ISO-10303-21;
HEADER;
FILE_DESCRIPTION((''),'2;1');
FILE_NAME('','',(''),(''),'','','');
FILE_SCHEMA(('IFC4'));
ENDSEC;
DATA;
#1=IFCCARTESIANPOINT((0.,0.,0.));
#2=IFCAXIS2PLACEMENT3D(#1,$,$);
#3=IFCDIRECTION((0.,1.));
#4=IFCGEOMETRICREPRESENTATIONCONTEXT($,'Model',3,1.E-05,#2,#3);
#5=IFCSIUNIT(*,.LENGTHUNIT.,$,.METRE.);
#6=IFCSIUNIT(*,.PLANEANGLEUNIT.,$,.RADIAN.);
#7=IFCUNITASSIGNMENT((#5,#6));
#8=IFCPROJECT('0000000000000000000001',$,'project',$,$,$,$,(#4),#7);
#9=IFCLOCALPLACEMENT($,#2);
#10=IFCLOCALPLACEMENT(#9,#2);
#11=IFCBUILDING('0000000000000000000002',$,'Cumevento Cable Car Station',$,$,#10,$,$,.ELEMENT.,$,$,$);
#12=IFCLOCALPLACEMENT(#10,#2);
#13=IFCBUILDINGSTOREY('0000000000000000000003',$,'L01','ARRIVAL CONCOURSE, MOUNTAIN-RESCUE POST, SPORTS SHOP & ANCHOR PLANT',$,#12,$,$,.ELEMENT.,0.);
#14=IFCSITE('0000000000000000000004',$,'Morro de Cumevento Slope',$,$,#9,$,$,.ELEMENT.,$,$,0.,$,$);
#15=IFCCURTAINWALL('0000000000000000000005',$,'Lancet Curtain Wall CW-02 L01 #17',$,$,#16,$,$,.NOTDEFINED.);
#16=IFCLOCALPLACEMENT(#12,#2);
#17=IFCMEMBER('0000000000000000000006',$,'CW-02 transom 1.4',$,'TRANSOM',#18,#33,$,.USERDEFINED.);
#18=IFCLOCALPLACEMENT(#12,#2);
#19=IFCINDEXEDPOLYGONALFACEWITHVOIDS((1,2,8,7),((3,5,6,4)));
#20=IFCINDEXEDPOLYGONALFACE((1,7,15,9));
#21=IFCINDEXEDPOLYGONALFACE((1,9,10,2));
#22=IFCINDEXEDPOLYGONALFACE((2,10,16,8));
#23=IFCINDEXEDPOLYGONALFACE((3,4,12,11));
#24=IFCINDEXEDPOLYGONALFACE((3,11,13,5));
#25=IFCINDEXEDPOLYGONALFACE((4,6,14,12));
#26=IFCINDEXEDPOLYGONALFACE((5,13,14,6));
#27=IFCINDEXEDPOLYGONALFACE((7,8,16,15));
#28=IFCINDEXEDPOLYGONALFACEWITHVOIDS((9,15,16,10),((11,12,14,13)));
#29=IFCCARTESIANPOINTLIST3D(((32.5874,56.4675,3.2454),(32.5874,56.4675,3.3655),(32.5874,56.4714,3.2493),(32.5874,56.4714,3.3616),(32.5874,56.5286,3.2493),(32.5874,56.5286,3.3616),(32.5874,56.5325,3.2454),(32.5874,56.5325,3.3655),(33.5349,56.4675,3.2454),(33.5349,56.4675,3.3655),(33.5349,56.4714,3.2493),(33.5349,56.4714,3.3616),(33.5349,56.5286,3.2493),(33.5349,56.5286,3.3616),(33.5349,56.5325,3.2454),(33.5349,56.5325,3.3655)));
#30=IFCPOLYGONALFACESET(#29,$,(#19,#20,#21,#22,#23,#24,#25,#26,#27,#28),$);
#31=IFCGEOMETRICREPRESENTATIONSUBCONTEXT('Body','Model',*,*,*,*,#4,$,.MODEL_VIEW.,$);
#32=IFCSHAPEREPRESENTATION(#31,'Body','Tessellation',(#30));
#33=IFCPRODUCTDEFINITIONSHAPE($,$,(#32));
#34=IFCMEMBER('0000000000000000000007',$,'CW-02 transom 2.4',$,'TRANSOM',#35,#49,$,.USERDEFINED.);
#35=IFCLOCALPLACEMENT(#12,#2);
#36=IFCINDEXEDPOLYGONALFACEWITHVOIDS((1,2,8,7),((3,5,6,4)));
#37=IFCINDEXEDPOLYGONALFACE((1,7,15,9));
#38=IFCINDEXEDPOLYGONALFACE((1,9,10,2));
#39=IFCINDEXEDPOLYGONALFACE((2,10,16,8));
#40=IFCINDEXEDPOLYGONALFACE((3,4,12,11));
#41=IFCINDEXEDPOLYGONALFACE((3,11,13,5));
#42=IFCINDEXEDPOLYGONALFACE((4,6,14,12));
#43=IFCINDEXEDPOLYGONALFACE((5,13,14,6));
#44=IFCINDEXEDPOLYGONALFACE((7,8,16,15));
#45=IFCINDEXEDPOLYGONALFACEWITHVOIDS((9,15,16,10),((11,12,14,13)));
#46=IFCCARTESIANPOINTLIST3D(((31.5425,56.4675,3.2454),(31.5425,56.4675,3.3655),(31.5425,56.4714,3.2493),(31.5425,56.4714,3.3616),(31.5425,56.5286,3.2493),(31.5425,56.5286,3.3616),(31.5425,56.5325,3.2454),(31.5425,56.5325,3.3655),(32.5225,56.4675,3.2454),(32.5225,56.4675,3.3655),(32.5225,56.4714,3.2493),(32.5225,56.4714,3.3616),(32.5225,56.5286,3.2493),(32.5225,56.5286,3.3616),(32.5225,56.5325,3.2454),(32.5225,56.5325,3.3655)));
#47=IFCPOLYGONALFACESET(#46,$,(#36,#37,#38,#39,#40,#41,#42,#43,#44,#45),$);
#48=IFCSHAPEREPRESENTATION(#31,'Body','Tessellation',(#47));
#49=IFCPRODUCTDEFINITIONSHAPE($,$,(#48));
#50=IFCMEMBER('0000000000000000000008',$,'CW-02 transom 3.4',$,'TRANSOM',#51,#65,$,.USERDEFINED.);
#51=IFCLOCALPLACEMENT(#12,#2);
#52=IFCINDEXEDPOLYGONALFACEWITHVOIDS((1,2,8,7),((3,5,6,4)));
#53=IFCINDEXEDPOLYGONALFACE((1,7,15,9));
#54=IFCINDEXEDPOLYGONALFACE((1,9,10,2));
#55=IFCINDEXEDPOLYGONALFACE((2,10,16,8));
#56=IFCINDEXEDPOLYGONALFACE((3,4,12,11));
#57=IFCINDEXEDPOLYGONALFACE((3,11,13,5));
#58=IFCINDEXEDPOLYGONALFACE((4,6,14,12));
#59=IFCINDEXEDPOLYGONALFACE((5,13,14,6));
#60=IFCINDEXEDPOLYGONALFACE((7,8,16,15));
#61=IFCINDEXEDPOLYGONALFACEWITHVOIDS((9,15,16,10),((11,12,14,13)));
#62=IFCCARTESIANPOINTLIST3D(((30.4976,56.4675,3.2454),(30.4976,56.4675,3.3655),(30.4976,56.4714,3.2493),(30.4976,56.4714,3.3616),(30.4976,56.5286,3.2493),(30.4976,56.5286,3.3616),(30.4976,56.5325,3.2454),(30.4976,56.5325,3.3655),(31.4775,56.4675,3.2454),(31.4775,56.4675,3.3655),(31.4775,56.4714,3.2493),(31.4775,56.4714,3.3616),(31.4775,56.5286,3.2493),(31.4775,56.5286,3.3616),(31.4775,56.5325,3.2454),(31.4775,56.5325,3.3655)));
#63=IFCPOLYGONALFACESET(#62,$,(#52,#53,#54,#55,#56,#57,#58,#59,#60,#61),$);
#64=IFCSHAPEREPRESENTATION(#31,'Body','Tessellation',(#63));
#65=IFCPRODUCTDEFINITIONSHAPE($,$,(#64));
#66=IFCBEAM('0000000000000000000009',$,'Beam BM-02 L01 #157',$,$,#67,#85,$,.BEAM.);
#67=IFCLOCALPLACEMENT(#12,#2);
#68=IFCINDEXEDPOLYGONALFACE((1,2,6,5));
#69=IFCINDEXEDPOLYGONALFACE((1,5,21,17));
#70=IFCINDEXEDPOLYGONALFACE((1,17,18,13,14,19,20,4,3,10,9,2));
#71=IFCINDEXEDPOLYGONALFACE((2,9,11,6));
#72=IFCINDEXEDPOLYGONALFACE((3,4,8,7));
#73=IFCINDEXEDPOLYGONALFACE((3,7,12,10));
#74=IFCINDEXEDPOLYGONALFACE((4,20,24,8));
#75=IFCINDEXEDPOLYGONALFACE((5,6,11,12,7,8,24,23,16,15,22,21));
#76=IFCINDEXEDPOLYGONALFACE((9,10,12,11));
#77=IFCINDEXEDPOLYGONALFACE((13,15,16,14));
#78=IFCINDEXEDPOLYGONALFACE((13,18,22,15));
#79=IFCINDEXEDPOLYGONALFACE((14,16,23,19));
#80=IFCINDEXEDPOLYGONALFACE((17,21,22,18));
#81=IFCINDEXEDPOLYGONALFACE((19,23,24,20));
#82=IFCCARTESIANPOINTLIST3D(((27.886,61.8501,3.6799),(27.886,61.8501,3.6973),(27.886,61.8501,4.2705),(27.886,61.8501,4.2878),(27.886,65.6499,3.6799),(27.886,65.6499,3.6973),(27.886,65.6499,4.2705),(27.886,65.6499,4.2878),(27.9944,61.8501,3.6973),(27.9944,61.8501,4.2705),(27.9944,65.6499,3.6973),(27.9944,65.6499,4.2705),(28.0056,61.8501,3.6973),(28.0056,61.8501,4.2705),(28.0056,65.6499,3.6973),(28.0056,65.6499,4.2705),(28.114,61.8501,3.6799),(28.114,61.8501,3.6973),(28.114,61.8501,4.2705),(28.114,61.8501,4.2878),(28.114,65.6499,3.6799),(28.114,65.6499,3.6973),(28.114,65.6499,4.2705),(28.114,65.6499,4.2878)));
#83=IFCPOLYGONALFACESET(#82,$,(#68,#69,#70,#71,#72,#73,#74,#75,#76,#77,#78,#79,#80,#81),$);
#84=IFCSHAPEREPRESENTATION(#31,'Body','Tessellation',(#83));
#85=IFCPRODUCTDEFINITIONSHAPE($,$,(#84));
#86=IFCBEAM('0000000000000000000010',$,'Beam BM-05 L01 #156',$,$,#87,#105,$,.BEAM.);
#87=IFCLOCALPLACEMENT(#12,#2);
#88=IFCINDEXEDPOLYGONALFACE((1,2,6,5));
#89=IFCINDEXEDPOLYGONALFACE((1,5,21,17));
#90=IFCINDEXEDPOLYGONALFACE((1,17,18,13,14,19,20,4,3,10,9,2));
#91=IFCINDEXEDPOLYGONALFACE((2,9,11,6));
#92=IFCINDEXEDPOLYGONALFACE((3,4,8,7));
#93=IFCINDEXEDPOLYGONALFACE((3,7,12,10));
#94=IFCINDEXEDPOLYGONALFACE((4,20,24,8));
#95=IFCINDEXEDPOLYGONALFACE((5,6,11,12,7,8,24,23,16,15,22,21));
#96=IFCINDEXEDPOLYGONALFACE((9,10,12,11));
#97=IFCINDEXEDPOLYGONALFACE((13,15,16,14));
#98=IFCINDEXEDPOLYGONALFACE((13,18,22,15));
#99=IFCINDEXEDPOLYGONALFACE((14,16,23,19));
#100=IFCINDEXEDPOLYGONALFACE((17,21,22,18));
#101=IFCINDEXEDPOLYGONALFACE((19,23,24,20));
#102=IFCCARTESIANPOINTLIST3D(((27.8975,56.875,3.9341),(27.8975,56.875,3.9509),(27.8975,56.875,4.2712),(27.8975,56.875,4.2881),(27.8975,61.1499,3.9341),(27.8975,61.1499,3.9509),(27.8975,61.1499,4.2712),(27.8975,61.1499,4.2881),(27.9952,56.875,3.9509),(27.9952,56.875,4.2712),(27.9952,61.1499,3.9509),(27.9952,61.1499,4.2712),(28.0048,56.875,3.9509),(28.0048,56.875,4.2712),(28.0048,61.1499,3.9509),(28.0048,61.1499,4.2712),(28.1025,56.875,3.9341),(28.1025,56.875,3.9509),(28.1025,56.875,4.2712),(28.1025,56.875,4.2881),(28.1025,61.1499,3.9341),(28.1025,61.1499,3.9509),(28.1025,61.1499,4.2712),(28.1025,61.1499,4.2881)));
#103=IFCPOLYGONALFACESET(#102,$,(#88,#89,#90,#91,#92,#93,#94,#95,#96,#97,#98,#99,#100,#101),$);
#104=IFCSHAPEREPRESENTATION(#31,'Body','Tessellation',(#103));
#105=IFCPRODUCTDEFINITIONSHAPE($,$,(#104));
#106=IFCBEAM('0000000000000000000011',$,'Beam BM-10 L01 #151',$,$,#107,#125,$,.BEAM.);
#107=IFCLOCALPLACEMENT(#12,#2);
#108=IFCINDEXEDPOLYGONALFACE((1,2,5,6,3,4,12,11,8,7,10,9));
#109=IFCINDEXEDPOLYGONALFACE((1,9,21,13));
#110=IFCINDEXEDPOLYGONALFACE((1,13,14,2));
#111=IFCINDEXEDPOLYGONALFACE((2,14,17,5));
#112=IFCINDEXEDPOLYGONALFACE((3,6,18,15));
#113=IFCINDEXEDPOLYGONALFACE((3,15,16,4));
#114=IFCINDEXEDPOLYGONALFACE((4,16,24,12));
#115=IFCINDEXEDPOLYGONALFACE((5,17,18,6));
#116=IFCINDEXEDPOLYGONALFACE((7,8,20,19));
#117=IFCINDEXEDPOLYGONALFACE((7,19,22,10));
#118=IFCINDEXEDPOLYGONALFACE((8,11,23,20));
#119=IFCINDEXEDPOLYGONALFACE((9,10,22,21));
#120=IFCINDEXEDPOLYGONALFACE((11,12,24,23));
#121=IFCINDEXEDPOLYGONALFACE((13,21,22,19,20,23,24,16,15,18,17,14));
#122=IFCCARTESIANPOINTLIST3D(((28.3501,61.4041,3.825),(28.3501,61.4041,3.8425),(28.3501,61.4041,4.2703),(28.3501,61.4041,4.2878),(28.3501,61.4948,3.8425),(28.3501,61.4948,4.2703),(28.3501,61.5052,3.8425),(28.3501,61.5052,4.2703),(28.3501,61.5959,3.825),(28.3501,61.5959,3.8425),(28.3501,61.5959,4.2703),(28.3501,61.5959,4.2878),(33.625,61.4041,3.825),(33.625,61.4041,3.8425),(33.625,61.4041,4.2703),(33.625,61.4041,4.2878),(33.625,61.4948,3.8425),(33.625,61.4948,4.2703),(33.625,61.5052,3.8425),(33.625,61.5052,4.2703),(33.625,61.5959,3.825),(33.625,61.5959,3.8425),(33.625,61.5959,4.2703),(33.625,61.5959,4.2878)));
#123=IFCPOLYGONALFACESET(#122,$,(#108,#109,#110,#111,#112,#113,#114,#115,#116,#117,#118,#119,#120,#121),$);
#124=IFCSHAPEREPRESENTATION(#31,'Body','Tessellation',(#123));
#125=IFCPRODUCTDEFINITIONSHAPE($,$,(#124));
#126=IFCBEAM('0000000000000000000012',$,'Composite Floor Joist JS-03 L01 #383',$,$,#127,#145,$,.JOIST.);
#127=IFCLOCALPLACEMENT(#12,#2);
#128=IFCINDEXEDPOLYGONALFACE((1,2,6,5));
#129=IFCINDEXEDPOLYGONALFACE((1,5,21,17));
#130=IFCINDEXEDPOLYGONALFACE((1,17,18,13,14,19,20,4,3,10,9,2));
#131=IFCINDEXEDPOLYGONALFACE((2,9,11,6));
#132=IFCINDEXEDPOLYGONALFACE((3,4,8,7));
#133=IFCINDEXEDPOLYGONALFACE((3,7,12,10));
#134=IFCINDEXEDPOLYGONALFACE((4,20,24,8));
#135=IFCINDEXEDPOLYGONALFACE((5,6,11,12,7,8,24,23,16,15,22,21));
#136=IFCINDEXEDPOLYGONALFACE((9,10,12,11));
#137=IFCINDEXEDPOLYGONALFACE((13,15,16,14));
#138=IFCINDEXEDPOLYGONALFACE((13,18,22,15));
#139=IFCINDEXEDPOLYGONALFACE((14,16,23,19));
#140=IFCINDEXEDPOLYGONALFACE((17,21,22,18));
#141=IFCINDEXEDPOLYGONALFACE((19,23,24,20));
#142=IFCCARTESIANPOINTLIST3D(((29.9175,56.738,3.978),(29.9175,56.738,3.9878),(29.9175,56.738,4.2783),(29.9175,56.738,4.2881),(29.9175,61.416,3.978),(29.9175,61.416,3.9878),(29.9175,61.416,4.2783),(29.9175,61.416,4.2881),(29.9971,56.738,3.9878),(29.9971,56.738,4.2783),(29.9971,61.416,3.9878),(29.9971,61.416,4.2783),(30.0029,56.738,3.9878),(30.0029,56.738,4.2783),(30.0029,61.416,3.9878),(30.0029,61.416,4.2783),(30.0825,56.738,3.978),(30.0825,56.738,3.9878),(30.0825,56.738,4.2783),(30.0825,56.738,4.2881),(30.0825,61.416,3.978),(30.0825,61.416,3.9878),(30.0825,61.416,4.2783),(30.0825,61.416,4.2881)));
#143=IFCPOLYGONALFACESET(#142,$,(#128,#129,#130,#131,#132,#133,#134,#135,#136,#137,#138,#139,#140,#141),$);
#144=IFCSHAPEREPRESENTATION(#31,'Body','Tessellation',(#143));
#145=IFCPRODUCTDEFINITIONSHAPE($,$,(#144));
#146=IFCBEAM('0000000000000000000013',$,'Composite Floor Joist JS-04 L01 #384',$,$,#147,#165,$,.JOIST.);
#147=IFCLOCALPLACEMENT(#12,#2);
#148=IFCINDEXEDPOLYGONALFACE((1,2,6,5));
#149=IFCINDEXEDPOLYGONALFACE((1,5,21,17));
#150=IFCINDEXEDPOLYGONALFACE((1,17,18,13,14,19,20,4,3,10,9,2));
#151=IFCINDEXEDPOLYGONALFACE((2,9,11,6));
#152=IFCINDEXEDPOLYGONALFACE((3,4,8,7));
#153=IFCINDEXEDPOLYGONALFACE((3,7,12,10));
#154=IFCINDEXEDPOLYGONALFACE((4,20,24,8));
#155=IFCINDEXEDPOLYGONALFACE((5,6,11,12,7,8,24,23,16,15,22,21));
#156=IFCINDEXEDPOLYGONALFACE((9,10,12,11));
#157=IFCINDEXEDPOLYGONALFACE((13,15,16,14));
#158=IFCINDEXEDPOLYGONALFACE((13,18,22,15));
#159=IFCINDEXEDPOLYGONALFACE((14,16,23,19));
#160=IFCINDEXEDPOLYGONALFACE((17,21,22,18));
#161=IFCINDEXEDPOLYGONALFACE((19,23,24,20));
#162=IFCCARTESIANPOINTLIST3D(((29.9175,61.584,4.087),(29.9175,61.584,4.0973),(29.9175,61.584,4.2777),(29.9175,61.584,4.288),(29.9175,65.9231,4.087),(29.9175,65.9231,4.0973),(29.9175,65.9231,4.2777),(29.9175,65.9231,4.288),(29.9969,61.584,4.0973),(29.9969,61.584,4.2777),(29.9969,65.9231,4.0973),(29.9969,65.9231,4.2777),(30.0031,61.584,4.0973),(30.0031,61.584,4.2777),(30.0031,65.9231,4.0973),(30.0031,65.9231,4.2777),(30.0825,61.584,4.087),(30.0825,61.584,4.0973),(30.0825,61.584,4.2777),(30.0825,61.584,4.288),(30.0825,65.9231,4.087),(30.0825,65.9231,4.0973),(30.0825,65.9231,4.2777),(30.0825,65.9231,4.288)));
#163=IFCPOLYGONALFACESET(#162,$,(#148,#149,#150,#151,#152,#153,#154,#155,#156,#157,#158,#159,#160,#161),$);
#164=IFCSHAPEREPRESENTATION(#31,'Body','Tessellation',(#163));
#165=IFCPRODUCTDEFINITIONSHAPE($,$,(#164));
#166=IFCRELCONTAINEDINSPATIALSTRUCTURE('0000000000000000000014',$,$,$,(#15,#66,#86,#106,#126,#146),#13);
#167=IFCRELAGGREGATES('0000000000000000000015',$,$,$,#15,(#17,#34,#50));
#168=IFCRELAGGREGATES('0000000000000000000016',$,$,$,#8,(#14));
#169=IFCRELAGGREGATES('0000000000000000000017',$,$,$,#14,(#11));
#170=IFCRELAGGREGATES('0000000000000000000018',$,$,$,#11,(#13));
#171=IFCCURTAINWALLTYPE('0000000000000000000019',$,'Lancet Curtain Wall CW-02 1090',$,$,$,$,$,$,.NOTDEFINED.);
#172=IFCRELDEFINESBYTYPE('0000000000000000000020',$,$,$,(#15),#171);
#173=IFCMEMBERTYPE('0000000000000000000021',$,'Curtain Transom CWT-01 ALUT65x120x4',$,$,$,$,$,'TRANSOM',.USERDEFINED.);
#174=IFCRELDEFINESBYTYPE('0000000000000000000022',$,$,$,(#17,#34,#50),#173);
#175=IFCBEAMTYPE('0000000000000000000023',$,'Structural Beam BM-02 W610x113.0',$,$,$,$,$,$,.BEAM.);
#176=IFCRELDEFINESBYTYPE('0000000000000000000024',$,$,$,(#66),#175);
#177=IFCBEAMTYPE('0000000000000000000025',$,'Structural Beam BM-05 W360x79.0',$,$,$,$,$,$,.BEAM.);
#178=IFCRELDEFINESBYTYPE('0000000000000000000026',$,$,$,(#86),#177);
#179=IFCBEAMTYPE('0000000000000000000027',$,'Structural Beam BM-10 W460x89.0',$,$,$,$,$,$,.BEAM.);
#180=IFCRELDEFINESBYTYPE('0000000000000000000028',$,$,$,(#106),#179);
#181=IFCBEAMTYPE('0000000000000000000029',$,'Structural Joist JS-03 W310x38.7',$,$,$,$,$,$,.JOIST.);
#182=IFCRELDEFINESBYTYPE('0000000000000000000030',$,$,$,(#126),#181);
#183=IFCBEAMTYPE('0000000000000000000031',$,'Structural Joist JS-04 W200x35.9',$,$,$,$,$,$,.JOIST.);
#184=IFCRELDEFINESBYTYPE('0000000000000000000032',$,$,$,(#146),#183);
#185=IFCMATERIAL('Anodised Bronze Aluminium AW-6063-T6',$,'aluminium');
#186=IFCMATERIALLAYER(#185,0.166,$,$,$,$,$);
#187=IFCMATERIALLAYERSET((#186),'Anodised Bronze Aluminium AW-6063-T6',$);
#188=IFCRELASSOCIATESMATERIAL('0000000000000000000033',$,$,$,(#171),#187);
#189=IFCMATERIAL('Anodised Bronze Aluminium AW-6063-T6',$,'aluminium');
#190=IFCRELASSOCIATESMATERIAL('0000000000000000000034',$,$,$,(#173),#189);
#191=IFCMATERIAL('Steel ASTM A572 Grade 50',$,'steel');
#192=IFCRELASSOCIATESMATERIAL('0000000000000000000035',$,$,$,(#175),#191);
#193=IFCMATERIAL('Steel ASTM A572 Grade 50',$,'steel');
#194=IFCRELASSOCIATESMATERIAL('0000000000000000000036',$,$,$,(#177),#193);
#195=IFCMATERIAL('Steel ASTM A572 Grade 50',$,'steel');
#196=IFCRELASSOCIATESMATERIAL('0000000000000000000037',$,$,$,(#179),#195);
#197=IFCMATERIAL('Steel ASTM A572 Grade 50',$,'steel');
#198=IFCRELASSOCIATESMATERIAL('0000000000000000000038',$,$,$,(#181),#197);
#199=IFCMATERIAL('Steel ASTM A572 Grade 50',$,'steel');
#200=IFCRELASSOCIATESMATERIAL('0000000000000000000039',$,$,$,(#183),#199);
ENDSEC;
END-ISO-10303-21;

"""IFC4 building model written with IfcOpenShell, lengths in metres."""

from ifc_helpers import new_model, si_unit, direction, frame, origin, origin_2d, place, context, subcontext, project, spatial, hollow_rectangle, i_section, extrude, material, layer, layer_set, material_profile, profile_set, type_object, element, aggregate, save


model = new_model("IFC4")

# Units and contexts
model_context = context("Model", 3, precision=1e-05, world=origin(), true_north=direction((0.0, 1.0)))
body_context = subcontext(model_context, "Body", "Model", "MODEL_VIEW")
ifc_project = project(units=[si_unit("LENGTHUNIT", "METRE"), si_unit("PLANEANGLEUNIT", "RADIAN")], contexts=[model_context])

# Site, building, storey
site_placement = place(None, origin())
site = spatial("IfcSite", under=ifc_project, at=site_placement, Name="Morro de Cumevento Slope", CompositionType="ELEMENT", RefElevation=0.0)
building_placement = place(site_placement, origin())
building = spatial("IfcBuilding", under=site, at=building_placement, Name="Cumevento Cable Car Station", CompositionType="ELEMENT")
storey_placement = place(building_placement, origin())
storey = spatial("IfcBuildingStorey", under=building, at=storey_placement, Name="L01", Description="ARRIVAL CONCOURSE, MOUNTAIN-RESCUE POST, SPORTS SHOP & ANCHOR PLANT", CompositionType="ELEMENT", Elevation=0.0)

# Curtain wall, members
ifc_material_1 = material(Name="Anodised Bronze Aluminium AW-6063-T6", Category="aluminium")
ifc_layer_1 = layer(ifc_material_1, 0.166)
ifc_layer_set_1 = layer_set([ifc_layer_1], Name="Anodised Bronze Aluminium AW-6063-T6")
curtain_wall_type = type_object("IfcCurtainWallType", Name="Lancet Curtain Wall CW-02 1090", PredefinedType="NOTDEFINED", material=ifc_layer_set_1)
curtain_wall_placement = place(storey_placement, origin())
curtain_wall = element("IfcCurtainWall", 1, at=curtain_wall_placement, inside=storey, type_object=curtain_wall_type, Name="Lancet Curtain Wall CW-02 L01 #17", PredefinedType="NOTDEFINED")
ifc_material_2 = material(Name="Anodised Bronze Aluminium AW-6063-T6", Category="aluminium")
ifc_material_profile_1 = material_profile(ifc_material_2, hollow_rectangle(XDim=0.0649, YDim=0.1201, WallThickness=0.0039, at=origin_2d()), Name="ALUT65x120x4")
ifc_profile_set_1 = profile_set([ifc_material_profile_1], Name="Anodised Bronze Aluminium AW-6063-T6")
member_type = type_object("IfcMemberType", Name="Curtain Transom CWT-01 ALUT65x120x4", ElementType="TRANSOM", PredefinedType="USERDEFINED", material=ifc_profile_set_1)
member_1_placement = place(storey_placement, frame((33.5349, 56.5, 3.3054), z_axis=(-1.0, 0.0, 0.0), x_axis=(0.0, -1.0, 0.0)))
member_1 = element("IfcMember", 2, at=member_1_placement, type_object=member_type, Name="CW-02 transom 1.4", ObjectType="TRANSOM", PredefinedType="USERDEFINED", context=body_context, shape_type="SweptSolid", body=[
    extrude(hollow_rectangle(XDim=0.0649, YDim=0.1201, WallThickness=0.0039, at=origin_2d()), origin(), (0.0, 0.0, 1.0), 0.9475),
])
member_2_placement = place(storey_placement, frame((32.5225, 56.5, 3.3054), z_axis=(-1.0, 0.0, 0.0), x_axis=(0.0, -1.0, 0.0)))
member_2 = element("IfcMember", 3, at=member_2_placement, type_object=member_type, Name="CW-02 transom 2.4", ObjectType="TRANSOM", PredefinedType="USERDEFINED", context=body_context, shape_type="SweptSolid", body=[
    extrude(hollow_rectangle(XDim=0.0649, YDim=0.1201, WallThickness=0.0039, at=origin_2d()), origin(), (0.0, 0.0, 1.0), 0.98),
])
member_3_placement = place(storey_placement, frame((31.4775, 56.5, 3.3054), z_axis=(-1.0, 0.0, 0.0), x_axis=(0.0, -1.0, 0.0)))
member_3 = element("IfcMember", 4, at=member_3_placement, type_object=member_type, Name="CW-02 transom 3.4", ObjectType="TRANSOM", PredefinedType="USERDEFINED", context=body_context, shape_type="SweptSolid", body=[
    extrude(hollow_rectangle(XDim=0.0649, YDim=0.1201, WallThickness=0.0039, at=origin_2d()), origin(), (0.0, 0.0, 1.0), 0.98),
])

# Beams
ifc_material_3 = material(Name="Steel ASTM A572 Grade 50", Category="steel")
ifc_material_profile_2 = material_profile(ifc_material_3, i_section(OverallWidth=0.228, OverallDepth=0.6079, WebThickness=0.0112, FlangeThickness=0.0173, at=origin_2d()), Name="W610x113.0")
ifc_profile_set_2 = profile_set([ifc_material_profile_2], Name="Steel ASTM A572 Grade 50")
beam_type_1 = type_object("IfcBeamType", Name="Structural Beam BM-02 W610x113.0", PredefinedType="BEAM", material=ifc_profile_set_2)
beam_1_placement = place(storey_placement, frame((28.0, 61.8501, 3.9839), z_axis=(0.0, 1.0, 0.0), x_axis=(-1.0, 0.0, 0.0)))
element("IfcBeam", 5, at=beam_1_placement, inside=storey, type_object=beam_type_1, Name="Beam BM-02 L01 #157", PredefinedType="BEAM", context=body_context, shape_type="SweptSolid", body=[
    extrude(i_section(OverallWidth=0.228, OverallDepth=0.6079, WebThickness=0.0112, FlangeThickness=0.0173, at=origin_2d()), origin(), (0.0, 0.0, 1.0), 3.7998),
])
ifc_material_4 = material(Name="Steel ASTM A572 Grade 50", Category="steel")
ifc_material_profile_3 = material_profile(ifc_material_4, i_section(OverallWidth=0.2051, OverallDepth=0.354, WebThickness=0.0095, FlangeThickness=0.0168, at=origin_2d()), Name="W360x79.0")
ifc_profile_set_3 = profile_set([ifc_material_profile_3], Name="Steel ASTM A572 Grade 50")
beam_type_2 = type_object("IfcBeamType", Name="Structural Beam BM-05 W360x79.0", PredefinedType="BEAM", material=ifc_profile_set_3)
beam_2_placement = place(storey_placement, frame((28.0, 56.875, 4.1111), z_axis=(0.0, 1.0, 0.0), x_axis=(-1.0, 0.0, 0.0)))
element("IfcBeam", 6, at=beam_2_placement, inside=storey, type_object=beam_type_2, Name="Beam BM-05 L01 #156", PredefinedType="BEAM", context=body_context, shape_type="SweptSolid", body=[
    extrude(i_section(OverallWidth=0.2051, OverallDepth=0.354, WebThickness=0.0095, FlangeThickness=0.0168, at=origin_2d()), origin(), (0.0, 0.0, 1.0), 4.2749),
])
ifc_material_5 = material(Name="Steel ASTM A572 Grade 50", Category="steel")
ifc_material_profile_4 = material_profile(ifc_material_5, i_section(OverallWidth=0.1919, OverallDepth=0.4629, WebThickness=0.0105, FlangeThickness=0.0176, at=origin_2d()), Name="W460x89.0")
ifc_profile_set_4 = profile_set([ifc_material_profile_4], Name="Steel ASTM A572 Grade 50")
beam_type_3 = type_object("IfcBeamType", Name="Structural Beam BM-10 W460x89.0", PredefinedType="BEAM", material=ifc_profile_set_4)
beam_3_placement = place(storey_placement, frame((28.3501, 61.5, 4.0564), z_axis=(1.0, 0.0, 0.0), x_axis=(0.0, 1.0, 0.0)))
element("IfcBeam", 7, at=beam_3_placement, inside=storey, type_object=beam_type_3, Name="Beam BM-10 L01 #151", PredefinedType="BEAM", context=body_context, shape_type="SweptSolid", body=[
    extrude(i_section(OverallWidth=0.1919, OverallDepth=0.4629, WebThickness=0.0105, FlangeThickness=0.0176, at=origin_2d()), origin(), (0.0, 0.0, 1.0), 5.2749),
])
ifc_material_6 = material(Name="Steel ASTM A572 Grade 50", Category="steel")
ifc_material_profile_5 = material_profile(ifc_material_6, i_section(OverallWidth=0.165, OverallDepth=0.3101, WebThickness=0.0059, FlangeThickness=0.0098, at=origin_2d()), Name="W310x38.7")
ifc_profile_set_5 = profile_set([ifc_material_profile_5], Name="Steel ASTM A572 Grade 50")
beam_type_4 = type_object("IfcBeamType", Name="Structural Joist JS-03 W310x38.7", PredefinedType="JOIST", material=ifc_profile_set_5)
beam_4_placement = place(storey_placement, frame((30.0, 56.738, 4.1331), z_axis=(0.0, 1.0, 0.0), x_axis=(-1.0, 0.0, 0.0)))
element("IfcBeam", 8, at=beam_4_placement, inside=storey, type_object=beam_type_4, Name="Composite Floor Joist JS-03 L01 #383", PredefinedType="JOIST", context=body_context, shape_type="SweptSolid", body=[
    extrude(i_section(OverallWidth=0.165, OverallDepth=0.3101, WebThickness=0.0059, FlangeThickness=0.0098, at=origin_2d()), origin(), (0.0, 0.0, 1.0), 4.678),
])
ifc_material_7 = material(Name="Steel ASTM A572 Grade 50", Category="steel")
ifc_material_profile_6 = material_profile(ifc_material_7, i_section(OverallWidth=0.165, OverallDepth=0.2009, WebThickness=0.0061, FlangeThickness=0.0103, at=origin_2d()), Name="W200x35.9")
ifc_profile_set_6 = profile_set([ifc_material_profile_6], Name="Steel ASTM A572 Grade 50")
beam_type_5 = type_object("IfcBeamType", Name="Structural Joist JS-04 W200x35.9", PredefinedType="JOIST", material=ifc_profile_set_6)
beam_5_placement = place(storey_placement, frame((30.0, 61.584, 4.1875), z_axis=(0.0, 1.0, 0.0), x_axis=(-1.0, 0.0, 0.0)))
element("IfcBeam", 9, at=beam_5_placement, inside=storey, type_object=beam_type_5, Name="Composite Floor Joist JS-04 L01 #384", PredefinedType="JOIST", context=body_context, shape_type="SweptSolid", body=[
    extrude(i_section(OverallWidth=0.165, OverallDepth=0.2009, WebThickness=0.0061, FlangeThickness=0.0103, at=origin_2d()), origin(), (0.0, 0.0, 1.0), 4.3391),
])

aggregate(curtain_wall, [member_1, member_2, member_3])

save(model, "model.ifc")
